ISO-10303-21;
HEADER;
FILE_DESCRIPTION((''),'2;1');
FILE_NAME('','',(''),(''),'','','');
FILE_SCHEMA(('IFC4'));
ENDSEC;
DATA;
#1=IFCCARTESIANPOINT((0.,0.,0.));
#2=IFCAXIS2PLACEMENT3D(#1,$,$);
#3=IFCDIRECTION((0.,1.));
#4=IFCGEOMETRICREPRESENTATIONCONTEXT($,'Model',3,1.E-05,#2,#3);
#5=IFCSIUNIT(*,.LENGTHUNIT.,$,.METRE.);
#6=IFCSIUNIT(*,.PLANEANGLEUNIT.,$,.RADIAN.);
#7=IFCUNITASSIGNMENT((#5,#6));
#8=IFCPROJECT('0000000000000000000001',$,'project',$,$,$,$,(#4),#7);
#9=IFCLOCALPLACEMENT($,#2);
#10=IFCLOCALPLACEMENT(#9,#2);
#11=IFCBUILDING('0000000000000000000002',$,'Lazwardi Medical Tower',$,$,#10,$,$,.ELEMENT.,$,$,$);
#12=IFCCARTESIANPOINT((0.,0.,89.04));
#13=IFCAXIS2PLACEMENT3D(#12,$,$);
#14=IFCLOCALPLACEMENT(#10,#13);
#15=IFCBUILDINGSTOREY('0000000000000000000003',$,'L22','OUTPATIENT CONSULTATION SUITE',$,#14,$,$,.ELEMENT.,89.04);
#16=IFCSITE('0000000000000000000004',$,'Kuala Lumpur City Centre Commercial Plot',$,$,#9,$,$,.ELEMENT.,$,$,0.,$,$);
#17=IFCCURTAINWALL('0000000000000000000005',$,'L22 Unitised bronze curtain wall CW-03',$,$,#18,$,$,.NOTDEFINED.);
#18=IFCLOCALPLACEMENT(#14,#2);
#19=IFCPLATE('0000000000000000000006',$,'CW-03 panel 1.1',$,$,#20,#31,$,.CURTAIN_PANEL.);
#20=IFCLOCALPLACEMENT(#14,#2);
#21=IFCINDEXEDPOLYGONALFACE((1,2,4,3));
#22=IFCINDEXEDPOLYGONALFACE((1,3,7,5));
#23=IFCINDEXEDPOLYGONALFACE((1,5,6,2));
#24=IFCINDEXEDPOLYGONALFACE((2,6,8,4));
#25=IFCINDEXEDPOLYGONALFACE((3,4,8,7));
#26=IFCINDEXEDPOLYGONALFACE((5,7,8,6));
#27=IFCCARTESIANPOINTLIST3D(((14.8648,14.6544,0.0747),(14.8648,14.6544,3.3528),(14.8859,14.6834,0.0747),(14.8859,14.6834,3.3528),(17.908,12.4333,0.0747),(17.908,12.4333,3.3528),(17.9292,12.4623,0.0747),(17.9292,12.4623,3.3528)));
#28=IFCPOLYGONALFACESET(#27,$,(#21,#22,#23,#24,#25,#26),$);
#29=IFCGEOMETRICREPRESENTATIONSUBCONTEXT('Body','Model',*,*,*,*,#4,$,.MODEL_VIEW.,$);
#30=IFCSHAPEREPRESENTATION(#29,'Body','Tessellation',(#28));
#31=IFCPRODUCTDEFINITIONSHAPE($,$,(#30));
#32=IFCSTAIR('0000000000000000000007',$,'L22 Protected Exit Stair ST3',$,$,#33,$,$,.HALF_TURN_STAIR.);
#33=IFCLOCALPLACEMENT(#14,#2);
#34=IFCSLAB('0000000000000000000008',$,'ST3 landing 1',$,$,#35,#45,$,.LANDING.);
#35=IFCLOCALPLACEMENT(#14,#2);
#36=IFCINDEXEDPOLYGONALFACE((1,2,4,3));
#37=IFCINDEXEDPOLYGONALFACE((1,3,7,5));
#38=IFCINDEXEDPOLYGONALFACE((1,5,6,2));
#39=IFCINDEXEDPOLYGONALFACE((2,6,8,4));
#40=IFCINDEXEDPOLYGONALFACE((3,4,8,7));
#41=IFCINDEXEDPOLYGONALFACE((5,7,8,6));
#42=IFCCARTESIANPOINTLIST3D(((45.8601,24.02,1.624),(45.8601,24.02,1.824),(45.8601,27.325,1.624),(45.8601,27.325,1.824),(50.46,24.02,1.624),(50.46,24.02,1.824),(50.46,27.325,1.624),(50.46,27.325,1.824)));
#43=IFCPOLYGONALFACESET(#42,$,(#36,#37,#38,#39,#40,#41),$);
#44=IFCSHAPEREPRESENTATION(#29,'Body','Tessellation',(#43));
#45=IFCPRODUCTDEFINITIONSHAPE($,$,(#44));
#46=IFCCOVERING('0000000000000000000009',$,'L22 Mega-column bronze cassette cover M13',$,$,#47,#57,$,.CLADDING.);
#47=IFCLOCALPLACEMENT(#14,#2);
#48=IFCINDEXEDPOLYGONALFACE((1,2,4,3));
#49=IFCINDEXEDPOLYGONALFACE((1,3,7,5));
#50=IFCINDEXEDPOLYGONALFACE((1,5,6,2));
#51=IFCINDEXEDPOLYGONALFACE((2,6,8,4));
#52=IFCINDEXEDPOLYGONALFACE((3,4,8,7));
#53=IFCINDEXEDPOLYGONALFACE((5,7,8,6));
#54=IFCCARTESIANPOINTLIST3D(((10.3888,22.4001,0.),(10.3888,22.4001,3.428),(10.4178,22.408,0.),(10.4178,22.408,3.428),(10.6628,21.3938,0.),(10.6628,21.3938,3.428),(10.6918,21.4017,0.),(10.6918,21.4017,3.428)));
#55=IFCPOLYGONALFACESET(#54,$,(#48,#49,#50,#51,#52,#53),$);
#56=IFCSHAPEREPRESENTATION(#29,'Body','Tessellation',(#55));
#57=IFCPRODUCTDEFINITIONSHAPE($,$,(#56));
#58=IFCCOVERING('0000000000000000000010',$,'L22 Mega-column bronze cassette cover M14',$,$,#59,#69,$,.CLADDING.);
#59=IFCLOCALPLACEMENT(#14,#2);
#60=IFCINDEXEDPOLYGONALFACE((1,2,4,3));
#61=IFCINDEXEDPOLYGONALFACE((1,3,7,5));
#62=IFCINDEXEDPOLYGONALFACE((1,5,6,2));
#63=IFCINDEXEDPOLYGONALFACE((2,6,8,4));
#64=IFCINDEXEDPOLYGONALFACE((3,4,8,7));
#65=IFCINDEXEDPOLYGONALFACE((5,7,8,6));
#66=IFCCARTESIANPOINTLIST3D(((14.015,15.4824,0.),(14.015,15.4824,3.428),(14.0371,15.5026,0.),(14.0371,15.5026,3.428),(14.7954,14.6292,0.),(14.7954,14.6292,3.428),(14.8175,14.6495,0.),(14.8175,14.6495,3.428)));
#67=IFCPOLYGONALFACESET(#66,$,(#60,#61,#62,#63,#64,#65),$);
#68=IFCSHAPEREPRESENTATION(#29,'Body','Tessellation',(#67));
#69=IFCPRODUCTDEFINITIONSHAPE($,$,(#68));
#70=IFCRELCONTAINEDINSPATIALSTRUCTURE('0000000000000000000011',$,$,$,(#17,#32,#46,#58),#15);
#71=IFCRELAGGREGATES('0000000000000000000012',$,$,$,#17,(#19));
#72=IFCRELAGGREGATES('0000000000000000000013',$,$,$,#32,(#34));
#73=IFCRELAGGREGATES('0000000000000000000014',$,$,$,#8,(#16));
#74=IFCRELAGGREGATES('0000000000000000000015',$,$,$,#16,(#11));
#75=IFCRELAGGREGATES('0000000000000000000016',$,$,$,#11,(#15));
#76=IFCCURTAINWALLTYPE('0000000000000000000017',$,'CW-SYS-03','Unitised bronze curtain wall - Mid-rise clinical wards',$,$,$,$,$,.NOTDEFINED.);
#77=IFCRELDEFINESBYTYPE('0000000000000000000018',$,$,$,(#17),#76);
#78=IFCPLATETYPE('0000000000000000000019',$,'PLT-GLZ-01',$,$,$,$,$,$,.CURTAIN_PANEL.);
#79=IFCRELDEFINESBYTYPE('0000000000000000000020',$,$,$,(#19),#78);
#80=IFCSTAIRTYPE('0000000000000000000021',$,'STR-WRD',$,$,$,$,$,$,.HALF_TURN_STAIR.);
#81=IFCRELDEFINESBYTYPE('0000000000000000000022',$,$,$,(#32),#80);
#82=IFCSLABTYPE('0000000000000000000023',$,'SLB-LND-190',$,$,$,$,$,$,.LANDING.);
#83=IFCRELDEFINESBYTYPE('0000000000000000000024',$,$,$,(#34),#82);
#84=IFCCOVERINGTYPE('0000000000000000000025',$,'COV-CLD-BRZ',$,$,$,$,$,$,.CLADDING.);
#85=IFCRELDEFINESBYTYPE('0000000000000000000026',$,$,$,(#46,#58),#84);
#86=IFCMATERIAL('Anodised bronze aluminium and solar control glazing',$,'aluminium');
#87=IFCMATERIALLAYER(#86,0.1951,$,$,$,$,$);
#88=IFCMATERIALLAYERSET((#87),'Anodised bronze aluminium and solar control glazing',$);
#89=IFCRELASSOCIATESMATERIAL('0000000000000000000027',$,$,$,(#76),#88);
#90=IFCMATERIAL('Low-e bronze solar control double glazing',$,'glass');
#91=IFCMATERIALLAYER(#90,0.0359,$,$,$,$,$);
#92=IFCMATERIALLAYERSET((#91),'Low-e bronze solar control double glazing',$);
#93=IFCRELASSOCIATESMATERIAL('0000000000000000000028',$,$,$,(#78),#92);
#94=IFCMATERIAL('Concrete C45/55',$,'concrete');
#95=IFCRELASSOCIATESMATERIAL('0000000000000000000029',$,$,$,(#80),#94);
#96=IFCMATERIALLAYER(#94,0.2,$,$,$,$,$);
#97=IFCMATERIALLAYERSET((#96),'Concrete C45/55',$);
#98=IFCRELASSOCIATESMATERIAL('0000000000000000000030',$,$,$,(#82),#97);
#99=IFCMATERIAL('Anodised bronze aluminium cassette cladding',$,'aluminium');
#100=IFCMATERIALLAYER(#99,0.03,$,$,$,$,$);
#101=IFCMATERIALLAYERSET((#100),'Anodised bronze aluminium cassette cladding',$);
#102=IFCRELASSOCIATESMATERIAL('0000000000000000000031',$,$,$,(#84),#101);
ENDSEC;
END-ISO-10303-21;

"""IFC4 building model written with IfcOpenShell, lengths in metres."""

from ifc_helpers import new_model, si_unit, direction, frame, origin, origin_2d, place, context, subcontext, project, spatial, polyline, rectangle, outline, extrude, material, layer, layer_set, type_object, element, aggregate, save


model = new_model("IFC4")

# Units and contexts
model_context = context("Model", 3, precision=1e-05, world=origin(), true_north=direction((0.0, 1.0)))
body_context = subcontext(model_context, "Body", "Model", "MODEL_VIEW")
ifc_project = project(units=[si_unit("LENGTHUNIT", "METRE"), si_unit("PLANEANGLEUNIT", "RADIAN")], contexts=[model_context])

# Site, building, storey
site_placement = place(None, origin())
site = spatial("IfcSite", under=ifc_project, at=site_placement, Name="Kuala Lumpur City Centre Commercial Plot", CompositionType="ELEMENT", RefElevation=0.0)
building_placement = place(site_placement, origin())
building = spatial("IfcBuilding", under=site, at=building_placement, Name="Lazwardi Medical Tower", CompositionType="ELEMENT")
storey_placement = place(building_placement, frame((0.0, 0.0, 89.04)))
storey = spatial("IfcBuildingStorey", under=building, at=storey_placement, Name="L22", Description="OUTPATIENT CONSULTATION SUITE", CompositionType="ELEMENT", Elevation=89.04)

# Curtain wall
ifc_material_1 = material(Name="Anodised bronze aluminium and solar control glazing", Category="aluminium")
ifc_layer_1 = layer(ifc_material_1, 0.1951)
ifc_layer_set_1 = layer_set([ifc_layer_1], Name="Anodised bronze aluminium and solar control glazing")
curtain_wall_type = type_object("IfcCurtainWallType", Name="CW-SYS-03", Description="Unitised bronze curtain wall - Mid-rise clinical wards", PredefinedType="NOTDEFINED", material=ifc_layer_set_1)
curtain_wall_1_placement = place(storey_placement, origin())
curtain_wall_1 = element("IfcCurtainWall", 1, at=curtain_wall_1_placement, inside=storey, type_object=curtain_wall_type, Name="L22 Unitised bronze curtain wall CW-03", PredefinedType="NOTDEFINED")

# Plate
ifc_material_2 = material(Name="Low-e bronze solar control double glazing", Category="glass")
ifc_layer_2 = layer(ifc_material_2, 0.0359)
ifc_layer_set_2 = layer_set([ifc_layer_2], Name="Low-e bronze solar control double glazing")
plate_type = type_object("IfcPlateType", Name="PLT-GLZ-01", PredefinedType="CURTAIN_PANEL", material=ifc_layer_set_2)
plate_1_placement = place(storey_placement, frame((16.397, 13.5583, 0.0747), z_axis=(0.0, 0.0, 1.0), x_axis=(0.807746, -0.589531, 0.0)))
plate_1 = element("IfcPlate", 2, at=plate_1_placement, type_object=plate_type, Name="CW-03 panel 1.1", PredefinedType="CURTAIN_PANEL", context=body_context, shape_type="SweptSolid", body=[
    extrude(rectangle(XDim=3.7676, YDim=0.0359, at=origin_2d()), origin(), (0.0, 0.0, 1.0), 3.2781),
])
aggregate(curtain_wall_1, [plate_1])

# Stair, slab
ifc_material_3 = material(Name="Concrete C45/55", Category="concrete")
stair_type = type_object("IfcStairType", Name="STR-WRD", PredefinedType="HALF_TURN_STAIR", material=ifc_material_3)
stair_placement = place(storey_placement, origin())
stair = element("IfcStair", 3, at=stair_placement, inside=storey, type_object=stair_type, Name="L22 Protected Exit Stair ST3", PredefinedType="HALF_TURN_STAIR")
ifc_layer_3 = layer(ifc_material_3, 0.2)
ifc_layer_set_3 = layer_set([ifc_layer_3], Name="Concrete C45/55")
slab_type = type_object("IfcSlabType", Name="SLB-LND-190", PredefinedType="LANDING", material=ifc_layer_set_3)
slab_placement = place(storey_placement, frame((0.0, 0.0, 1.624)))
slab = element("IfcSlab", 4, at=slab_placement, type_object=slab_type, Name="ST3 landing 1", PredefinedType="LANDING", context=body_context, shape_type="SweptSolid", body=[
    extrude(outline(polyline([(45.8601, 27.325), (45.8601, 24.02), (50.46, 24.02), (50.46, 27.325), (45.8601, 27.325)])), origin(), (0.0, 0.0, 1.0), 0.2),
])
aggregate(stair, [slab])

# Coverings
ifc_material_4 = material(Name="Anodised bronze aluminium cassette cladding", Category="aluminium")
ifc_layer_4 = layer(ifc_material_4, 0.03)
ifc_layer_set_4 = layer_set([ifc_layer_4], Name="Anodised bronze aluminium cassette cladding")
covering_type = type_object("IfcCoveringType", Name="COV-CLD-BRZ", PredefinedType="CLADDING", material=ifc_layer_set_4)
covering_1_placement = place(storey_placement, frame((10.5403, 21.9009, 0.0), z_axis=(0.0, 0.0, 1.0), x_axis=(0.262696, -0.964879, 0.0)))
element("IfcCovering", 5, at=covering_1_placement, inside=storey, type_object=covering_type, Name="L22 Mega-column bronze cassette cover M13", PredefinedType="CLADDING", context=body_context, shape_type="SweptSolid", body=[
    extrude(rectangle(XDim=1.043, YDim=0.03, at=origin_2d()), origin(), (0.0, 0.0, 1.0), 3.428),
])
covering_2_placement = place(storey_placement, frame((14.4163, 15.0659, 0.0), z_axis=(0.0, 0.0, 1.0), x_axis=(0.674926, -0.737885, 0.0)))
element("IfcCovering", 6, at=covering_2_placement, inside=storey, type_object=covering_type, Name="L22 Mega-column bronze cassette cover M14", PredefinedType="CLADDING", context=body_context, shape_type="SweptSolid", body=[
    extrude(rectangle(XDim=1.1562, YDim=0.03, at=origin_2d()), origin(), (0.0, 0.0, 1.0), 3.428),
])

save(model, "model.ifc")
